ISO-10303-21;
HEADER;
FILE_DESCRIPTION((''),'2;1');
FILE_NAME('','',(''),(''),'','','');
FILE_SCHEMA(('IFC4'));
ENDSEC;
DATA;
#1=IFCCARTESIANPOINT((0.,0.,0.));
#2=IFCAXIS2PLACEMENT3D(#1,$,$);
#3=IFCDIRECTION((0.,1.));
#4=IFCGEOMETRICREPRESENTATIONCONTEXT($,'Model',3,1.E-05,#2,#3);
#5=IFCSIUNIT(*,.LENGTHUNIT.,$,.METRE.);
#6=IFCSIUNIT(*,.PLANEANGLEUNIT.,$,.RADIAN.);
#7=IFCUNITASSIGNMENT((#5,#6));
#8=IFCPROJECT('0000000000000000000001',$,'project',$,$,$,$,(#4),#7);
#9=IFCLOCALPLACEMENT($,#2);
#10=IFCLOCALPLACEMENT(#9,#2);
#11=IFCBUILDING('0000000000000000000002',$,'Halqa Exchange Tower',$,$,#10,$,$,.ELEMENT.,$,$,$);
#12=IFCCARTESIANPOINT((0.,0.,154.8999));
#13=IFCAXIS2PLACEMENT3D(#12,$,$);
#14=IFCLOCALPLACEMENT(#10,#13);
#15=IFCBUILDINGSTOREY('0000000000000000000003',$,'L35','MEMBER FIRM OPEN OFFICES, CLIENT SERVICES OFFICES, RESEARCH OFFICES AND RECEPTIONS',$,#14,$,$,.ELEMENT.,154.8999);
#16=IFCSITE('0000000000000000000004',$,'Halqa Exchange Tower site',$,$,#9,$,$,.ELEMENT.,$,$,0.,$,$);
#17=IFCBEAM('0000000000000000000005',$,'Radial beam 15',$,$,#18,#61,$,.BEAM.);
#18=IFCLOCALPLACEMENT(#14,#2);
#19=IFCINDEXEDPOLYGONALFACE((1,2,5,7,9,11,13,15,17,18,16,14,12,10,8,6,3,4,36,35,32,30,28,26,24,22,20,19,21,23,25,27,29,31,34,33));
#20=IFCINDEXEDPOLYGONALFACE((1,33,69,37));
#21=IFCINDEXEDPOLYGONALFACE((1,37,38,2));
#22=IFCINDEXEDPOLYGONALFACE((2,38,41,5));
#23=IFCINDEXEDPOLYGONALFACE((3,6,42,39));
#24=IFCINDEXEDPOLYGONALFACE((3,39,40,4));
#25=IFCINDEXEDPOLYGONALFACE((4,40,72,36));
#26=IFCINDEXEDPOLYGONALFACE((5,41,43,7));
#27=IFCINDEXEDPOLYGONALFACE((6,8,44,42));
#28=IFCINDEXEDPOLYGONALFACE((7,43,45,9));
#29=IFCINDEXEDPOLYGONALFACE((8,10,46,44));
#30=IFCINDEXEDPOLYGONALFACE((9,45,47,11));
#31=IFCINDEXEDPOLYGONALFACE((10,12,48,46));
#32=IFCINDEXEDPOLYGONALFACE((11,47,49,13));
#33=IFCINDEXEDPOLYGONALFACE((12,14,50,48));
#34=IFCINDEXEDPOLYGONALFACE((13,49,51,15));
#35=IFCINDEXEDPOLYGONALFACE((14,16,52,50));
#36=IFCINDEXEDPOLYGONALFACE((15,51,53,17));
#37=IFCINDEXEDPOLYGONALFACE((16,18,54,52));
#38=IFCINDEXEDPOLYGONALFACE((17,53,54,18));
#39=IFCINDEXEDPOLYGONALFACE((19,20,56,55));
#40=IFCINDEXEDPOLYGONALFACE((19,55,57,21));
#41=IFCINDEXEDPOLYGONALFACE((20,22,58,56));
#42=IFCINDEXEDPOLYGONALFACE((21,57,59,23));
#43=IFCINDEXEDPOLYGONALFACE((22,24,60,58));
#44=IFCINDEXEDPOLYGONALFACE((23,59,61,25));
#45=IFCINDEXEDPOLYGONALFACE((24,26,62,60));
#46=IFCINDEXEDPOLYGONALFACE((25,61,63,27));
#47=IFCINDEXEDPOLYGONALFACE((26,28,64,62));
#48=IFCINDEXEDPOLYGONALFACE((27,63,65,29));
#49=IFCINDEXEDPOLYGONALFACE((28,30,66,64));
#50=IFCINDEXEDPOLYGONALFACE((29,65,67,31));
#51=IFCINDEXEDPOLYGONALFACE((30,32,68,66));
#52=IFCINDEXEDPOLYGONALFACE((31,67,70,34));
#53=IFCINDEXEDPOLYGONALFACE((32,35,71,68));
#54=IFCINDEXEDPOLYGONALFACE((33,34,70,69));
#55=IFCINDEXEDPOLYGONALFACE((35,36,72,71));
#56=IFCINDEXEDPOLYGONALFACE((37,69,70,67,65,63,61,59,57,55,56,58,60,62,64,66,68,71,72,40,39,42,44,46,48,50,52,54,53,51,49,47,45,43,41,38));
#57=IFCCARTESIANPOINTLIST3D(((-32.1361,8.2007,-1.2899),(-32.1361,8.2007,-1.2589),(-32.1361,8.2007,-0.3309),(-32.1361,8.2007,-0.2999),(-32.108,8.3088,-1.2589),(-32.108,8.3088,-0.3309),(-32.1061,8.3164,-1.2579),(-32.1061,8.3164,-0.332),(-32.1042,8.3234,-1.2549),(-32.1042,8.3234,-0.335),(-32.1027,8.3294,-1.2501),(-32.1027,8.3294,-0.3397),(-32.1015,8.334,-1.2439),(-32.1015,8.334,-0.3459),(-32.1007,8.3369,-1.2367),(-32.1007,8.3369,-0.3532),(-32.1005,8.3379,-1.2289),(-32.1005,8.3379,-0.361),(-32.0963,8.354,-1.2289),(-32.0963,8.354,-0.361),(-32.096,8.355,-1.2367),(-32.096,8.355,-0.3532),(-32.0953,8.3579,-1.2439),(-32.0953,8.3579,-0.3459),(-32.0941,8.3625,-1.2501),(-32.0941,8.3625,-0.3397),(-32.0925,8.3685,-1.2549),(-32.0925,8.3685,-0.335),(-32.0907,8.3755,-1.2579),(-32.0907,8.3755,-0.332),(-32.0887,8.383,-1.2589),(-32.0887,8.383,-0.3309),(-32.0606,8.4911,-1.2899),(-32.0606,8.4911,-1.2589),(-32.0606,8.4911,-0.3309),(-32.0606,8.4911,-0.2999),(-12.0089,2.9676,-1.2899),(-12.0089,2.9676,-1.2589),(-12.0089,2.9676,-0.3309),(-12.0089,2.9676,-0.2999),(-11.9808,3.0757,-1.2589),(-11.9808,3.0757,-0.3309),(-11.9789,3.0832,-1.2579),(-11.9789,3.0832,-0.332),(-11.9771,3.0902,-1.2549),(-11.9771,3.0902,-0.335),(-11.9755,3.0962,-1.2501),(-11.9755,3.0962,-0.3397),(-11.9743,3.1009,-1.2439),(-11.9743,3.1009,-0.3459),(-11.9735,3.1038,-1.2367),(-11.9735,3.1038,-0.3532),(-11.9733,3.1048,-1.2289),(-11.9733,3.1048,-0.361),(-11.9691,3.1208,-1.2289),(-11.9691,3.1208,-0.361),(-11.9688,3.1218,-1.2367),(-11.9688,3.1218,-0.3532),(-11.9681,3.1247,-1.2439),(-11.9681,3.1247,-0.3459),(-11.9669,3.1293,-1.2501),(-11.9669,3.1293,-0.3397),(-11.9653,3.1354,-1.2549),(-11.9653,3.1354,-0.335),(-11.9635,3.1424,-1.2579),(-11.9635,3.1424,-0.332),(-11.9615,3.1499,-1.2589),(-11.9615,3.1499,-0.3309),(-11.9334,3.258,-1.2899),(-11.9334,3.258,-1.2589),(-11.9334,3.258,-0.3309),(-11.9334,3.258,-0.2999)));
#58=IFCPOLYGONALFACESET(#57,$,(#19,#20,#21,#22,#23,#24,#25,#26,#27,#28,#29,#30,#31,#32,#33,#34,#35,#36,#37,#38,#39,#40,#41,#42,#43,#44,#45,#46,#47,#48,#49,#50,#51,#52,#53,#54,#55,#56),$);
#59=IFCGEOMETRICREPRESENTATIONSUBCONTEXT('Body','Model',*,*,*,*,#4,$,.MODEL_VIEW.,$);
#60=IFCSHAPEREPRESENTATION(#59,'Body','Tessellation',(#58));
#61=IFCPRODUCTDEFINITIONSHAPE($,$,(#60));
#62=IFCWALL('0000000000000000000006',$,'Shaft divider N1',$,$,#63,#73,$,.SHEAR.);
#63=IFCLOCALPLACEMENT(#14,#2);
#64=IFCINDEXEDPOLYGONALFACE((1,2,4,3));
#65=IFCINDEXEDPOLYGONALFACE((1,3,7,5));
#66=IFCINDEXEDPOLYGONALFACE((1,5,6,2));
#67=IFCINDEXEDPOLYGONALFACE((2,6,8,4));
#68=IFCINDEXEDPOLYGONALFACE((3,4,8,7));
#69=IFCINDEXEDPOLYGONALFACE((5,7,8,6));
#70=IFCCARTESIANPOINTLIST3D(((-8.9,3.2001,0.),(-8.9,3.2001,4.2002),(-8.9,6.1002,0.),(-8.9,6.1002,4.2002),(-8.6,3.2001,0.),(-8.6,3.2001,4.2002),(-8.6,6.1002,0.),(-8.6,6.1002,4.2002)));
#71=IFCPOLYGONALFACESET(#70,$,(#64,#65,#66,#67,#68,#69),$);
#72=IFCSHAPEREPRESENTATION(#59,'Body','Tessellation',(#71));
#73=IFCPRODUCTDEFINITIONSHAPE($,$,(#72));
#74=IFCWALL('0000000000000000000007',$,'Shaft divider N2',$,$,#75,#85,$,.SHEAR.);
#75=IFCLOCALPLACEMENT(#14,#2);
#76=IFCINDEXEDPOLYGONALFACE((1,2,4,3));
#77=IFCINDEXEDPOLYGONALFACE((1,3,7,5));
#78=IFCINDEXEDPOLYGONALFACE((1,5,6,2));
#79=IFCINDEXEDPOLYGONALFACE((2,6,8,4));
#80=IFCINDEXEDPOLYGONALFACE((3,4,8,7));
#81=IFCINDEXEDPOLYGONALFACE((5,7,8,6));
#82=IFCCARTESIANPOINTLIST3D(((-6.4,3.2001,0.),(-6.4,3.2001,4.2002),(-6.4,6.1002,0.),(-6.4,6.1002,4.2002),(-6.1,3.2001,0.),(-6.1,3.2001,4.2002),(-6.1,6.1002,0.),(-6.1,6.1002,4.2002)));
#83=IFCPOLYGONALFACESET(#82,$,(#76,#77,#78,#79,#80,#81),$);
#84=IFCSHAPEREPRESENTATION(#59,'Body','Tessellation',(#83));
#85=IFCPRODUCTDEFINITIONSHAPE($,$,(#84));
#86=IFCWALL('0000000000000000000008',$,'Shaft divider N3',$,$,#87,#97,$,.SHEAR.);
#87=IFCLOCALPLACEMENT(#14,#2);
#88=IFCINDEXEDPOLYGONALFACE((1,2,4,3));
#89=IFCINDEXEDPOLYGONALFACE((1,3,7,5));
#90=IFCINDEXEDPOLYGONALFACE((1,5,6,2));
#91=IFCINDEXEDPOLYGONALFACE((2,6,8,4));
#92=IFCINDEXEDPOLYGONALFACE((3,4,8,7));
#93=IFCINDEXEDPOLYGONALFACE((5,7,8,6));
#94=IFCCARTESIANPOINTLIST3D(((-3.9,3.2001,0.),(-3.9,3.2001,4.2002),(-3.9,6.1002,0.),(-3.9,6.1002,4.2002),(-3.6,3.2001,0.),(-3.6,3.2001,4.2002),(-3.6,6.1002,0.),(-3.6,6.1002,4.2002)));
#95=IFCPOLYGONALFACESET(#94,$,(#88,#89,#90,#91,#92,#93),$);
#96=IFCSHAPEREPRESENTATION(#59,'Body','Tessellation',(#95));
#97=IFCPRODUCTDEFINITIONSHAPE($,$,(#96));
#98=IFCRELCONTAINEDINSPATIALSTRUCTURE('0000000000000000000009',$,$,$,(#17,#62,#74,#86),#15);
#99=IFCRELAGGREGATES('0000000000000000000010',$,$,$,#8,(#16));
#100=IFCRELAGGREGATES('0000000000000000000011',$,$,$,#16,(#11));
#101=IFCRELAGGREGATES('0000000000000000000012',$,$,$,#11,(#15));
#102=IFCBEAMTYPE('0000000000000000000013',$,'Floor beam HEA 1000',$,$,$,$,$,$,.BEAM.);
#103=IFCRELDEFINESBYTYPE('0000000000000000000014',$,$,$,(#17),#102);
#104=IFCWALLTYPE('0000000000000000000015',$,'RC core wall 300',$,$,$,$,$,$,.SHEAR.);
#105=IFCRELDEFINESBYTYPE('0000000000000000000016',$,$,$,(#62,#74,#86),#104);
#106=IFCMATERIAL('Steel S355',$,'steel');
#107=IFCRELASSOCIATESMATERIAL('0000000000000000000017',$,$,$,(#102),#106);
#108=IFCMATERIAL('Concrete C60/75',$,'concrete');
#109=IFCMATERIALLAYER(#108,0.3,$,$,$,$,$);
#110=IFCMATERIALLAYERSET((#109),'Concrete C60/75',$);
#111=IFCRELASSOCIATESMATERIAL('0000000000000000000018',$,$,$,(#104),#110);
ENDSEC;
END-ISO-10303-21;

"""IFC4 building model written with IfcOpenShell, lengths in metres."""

from ifc_helpers import new_model, si_unit, direction, frame, frame_2d, origin, origin_2d, place, context, subcontext, project, spatial, rectangle, i_section, extrude, material, layer, layer_set, material_profile, profile_set, type_object, element, save


model = new_model("IFC4")

# Units and contexts
model_context = context("Model", 3, precision=1e-05, world=origin(), true_north=direction((0.0, 1.0)))
body_context = subcontext(model_context, "Body", "Model", "MODEL_VIEW")
ifc_project = project(units=[si_unit("LENGTHUNIT", "METRE"), si_unit("PLANEANGLEUNIT", "RADIAN")], contexts=[model_context])

# Site, building, storey
site_placement = place(None, origin())
site = spatial("IfcSite", under=ifc_project, at=site_placement, Name="Halqa Exchange Tower site", CompositionType="ELEMENT", RefElevation=0.0)
building_placement = place(site_placement, origin())
building = spatial("IfcBuilding", under=site, at=building_placement, Name="Halqa Exchange Tower", CompositionType="ELEMENT")
storey_placement = place(building_placement, frame((0.0, 0.0, 154.8999)))
storey = spatial("IfcBuildingStorey", under=building, at=storey_placement, Name="L35", Description="MEMBER FIRM OPEN OFFICES, CLIENT SERVICES OFFICES, RESEARCH OFFICES AND RECEPTIONS", CompositionType="ELEMENT", Elevation=154.8999)

# Beam
ifc_material_1 = material(Name="Steel S355", Category="steel")
ifc_material_profile = material_profile(ifc_material_1, i_section(OverallWidth=0.3, OverallDepth=0.99, WebThickness=0.0166, FlangeThickness=0.031, FilletRadius=0.03, at=origin_2d()), Name="HEA 1000")
ifc_profile_set = profile_set([ifc_material_profile], Name="Steel S355")
beam_type = type_object("IfcBeamType", Name="Floor beam HEA 1000", PredefinedType="BEAM", material=ifc_profile_set)
beam_placement = place(storey_placement, frame((-11.9712, 3.1128, -0.7949), z_axis=(-0.967822, 0.251638, 0.0), x_axis=(-0.251638, -0.967822, 0.0)))
element("IfcBeam", 1, at=beam_placement, inside=storey, type_object=beam_type, Name="Radial beam 15", PredefinedType="BEAM", context=body_context, shape_type="SweptSolid", body=[
    extrude(i_section(OverallWidth=0.3, OverallDepth=0.99, WebThickness=0.0166, FlangeThickness=0.031, FilletRadius=0.03, at=origin_2d()), origin(), (0.0, 0.0, 1.0), 20.7964),
])

# Walls
ifc_material_2 = material(Name="Concrete C60/75", Category="concrete")
ifc_layer_1 = layer(ifc_material_2, 0.3)
ifc_layer_set_1 = layer_set([ifc_layer_1], Name="Concrete C60/75")
wall_type_1 = type_object("IfcWallType", Name="RC core wall 300", PredefinedType="SHEAR", material=ifc_layer_set_1)
for number, where, z_axis, x_axis, name in (
    (2, (-8.75, 3.2, 0.0), (0.0, 0.0, 1.0), (0.0, 1.0, 0.0), "Shaft divider N1"),
    (3, (-6.25, 3.2, 0.0), (0.0, 0.0, 1.0), (0.0, 1.0, 0.0), "Shaft divider N2"),
    (4, (-3.75, 3.2, 0.0), (0.0, 0.0, 1.0), (0.0, 1.0, 0.0), "Shaft divider N3"),
):
    element("IfcWall", number, at=place(storey_placement, frame(where, z_axis=z_axis, x_axis=x_axis)), inside=storey, type_object=wall_type_1, Name=name, PredefinedType="SHEAR", context=body_context, shape_type="SweptSolid", body=[
        extrude(rectangle(XDim=2.9001, YDim=0.3, at=frame_2d((1.4502, 0.0))), origin(), (0.0, 0.0, 1.0), 4.2002),
    ])

save(model, "model.ifc")
